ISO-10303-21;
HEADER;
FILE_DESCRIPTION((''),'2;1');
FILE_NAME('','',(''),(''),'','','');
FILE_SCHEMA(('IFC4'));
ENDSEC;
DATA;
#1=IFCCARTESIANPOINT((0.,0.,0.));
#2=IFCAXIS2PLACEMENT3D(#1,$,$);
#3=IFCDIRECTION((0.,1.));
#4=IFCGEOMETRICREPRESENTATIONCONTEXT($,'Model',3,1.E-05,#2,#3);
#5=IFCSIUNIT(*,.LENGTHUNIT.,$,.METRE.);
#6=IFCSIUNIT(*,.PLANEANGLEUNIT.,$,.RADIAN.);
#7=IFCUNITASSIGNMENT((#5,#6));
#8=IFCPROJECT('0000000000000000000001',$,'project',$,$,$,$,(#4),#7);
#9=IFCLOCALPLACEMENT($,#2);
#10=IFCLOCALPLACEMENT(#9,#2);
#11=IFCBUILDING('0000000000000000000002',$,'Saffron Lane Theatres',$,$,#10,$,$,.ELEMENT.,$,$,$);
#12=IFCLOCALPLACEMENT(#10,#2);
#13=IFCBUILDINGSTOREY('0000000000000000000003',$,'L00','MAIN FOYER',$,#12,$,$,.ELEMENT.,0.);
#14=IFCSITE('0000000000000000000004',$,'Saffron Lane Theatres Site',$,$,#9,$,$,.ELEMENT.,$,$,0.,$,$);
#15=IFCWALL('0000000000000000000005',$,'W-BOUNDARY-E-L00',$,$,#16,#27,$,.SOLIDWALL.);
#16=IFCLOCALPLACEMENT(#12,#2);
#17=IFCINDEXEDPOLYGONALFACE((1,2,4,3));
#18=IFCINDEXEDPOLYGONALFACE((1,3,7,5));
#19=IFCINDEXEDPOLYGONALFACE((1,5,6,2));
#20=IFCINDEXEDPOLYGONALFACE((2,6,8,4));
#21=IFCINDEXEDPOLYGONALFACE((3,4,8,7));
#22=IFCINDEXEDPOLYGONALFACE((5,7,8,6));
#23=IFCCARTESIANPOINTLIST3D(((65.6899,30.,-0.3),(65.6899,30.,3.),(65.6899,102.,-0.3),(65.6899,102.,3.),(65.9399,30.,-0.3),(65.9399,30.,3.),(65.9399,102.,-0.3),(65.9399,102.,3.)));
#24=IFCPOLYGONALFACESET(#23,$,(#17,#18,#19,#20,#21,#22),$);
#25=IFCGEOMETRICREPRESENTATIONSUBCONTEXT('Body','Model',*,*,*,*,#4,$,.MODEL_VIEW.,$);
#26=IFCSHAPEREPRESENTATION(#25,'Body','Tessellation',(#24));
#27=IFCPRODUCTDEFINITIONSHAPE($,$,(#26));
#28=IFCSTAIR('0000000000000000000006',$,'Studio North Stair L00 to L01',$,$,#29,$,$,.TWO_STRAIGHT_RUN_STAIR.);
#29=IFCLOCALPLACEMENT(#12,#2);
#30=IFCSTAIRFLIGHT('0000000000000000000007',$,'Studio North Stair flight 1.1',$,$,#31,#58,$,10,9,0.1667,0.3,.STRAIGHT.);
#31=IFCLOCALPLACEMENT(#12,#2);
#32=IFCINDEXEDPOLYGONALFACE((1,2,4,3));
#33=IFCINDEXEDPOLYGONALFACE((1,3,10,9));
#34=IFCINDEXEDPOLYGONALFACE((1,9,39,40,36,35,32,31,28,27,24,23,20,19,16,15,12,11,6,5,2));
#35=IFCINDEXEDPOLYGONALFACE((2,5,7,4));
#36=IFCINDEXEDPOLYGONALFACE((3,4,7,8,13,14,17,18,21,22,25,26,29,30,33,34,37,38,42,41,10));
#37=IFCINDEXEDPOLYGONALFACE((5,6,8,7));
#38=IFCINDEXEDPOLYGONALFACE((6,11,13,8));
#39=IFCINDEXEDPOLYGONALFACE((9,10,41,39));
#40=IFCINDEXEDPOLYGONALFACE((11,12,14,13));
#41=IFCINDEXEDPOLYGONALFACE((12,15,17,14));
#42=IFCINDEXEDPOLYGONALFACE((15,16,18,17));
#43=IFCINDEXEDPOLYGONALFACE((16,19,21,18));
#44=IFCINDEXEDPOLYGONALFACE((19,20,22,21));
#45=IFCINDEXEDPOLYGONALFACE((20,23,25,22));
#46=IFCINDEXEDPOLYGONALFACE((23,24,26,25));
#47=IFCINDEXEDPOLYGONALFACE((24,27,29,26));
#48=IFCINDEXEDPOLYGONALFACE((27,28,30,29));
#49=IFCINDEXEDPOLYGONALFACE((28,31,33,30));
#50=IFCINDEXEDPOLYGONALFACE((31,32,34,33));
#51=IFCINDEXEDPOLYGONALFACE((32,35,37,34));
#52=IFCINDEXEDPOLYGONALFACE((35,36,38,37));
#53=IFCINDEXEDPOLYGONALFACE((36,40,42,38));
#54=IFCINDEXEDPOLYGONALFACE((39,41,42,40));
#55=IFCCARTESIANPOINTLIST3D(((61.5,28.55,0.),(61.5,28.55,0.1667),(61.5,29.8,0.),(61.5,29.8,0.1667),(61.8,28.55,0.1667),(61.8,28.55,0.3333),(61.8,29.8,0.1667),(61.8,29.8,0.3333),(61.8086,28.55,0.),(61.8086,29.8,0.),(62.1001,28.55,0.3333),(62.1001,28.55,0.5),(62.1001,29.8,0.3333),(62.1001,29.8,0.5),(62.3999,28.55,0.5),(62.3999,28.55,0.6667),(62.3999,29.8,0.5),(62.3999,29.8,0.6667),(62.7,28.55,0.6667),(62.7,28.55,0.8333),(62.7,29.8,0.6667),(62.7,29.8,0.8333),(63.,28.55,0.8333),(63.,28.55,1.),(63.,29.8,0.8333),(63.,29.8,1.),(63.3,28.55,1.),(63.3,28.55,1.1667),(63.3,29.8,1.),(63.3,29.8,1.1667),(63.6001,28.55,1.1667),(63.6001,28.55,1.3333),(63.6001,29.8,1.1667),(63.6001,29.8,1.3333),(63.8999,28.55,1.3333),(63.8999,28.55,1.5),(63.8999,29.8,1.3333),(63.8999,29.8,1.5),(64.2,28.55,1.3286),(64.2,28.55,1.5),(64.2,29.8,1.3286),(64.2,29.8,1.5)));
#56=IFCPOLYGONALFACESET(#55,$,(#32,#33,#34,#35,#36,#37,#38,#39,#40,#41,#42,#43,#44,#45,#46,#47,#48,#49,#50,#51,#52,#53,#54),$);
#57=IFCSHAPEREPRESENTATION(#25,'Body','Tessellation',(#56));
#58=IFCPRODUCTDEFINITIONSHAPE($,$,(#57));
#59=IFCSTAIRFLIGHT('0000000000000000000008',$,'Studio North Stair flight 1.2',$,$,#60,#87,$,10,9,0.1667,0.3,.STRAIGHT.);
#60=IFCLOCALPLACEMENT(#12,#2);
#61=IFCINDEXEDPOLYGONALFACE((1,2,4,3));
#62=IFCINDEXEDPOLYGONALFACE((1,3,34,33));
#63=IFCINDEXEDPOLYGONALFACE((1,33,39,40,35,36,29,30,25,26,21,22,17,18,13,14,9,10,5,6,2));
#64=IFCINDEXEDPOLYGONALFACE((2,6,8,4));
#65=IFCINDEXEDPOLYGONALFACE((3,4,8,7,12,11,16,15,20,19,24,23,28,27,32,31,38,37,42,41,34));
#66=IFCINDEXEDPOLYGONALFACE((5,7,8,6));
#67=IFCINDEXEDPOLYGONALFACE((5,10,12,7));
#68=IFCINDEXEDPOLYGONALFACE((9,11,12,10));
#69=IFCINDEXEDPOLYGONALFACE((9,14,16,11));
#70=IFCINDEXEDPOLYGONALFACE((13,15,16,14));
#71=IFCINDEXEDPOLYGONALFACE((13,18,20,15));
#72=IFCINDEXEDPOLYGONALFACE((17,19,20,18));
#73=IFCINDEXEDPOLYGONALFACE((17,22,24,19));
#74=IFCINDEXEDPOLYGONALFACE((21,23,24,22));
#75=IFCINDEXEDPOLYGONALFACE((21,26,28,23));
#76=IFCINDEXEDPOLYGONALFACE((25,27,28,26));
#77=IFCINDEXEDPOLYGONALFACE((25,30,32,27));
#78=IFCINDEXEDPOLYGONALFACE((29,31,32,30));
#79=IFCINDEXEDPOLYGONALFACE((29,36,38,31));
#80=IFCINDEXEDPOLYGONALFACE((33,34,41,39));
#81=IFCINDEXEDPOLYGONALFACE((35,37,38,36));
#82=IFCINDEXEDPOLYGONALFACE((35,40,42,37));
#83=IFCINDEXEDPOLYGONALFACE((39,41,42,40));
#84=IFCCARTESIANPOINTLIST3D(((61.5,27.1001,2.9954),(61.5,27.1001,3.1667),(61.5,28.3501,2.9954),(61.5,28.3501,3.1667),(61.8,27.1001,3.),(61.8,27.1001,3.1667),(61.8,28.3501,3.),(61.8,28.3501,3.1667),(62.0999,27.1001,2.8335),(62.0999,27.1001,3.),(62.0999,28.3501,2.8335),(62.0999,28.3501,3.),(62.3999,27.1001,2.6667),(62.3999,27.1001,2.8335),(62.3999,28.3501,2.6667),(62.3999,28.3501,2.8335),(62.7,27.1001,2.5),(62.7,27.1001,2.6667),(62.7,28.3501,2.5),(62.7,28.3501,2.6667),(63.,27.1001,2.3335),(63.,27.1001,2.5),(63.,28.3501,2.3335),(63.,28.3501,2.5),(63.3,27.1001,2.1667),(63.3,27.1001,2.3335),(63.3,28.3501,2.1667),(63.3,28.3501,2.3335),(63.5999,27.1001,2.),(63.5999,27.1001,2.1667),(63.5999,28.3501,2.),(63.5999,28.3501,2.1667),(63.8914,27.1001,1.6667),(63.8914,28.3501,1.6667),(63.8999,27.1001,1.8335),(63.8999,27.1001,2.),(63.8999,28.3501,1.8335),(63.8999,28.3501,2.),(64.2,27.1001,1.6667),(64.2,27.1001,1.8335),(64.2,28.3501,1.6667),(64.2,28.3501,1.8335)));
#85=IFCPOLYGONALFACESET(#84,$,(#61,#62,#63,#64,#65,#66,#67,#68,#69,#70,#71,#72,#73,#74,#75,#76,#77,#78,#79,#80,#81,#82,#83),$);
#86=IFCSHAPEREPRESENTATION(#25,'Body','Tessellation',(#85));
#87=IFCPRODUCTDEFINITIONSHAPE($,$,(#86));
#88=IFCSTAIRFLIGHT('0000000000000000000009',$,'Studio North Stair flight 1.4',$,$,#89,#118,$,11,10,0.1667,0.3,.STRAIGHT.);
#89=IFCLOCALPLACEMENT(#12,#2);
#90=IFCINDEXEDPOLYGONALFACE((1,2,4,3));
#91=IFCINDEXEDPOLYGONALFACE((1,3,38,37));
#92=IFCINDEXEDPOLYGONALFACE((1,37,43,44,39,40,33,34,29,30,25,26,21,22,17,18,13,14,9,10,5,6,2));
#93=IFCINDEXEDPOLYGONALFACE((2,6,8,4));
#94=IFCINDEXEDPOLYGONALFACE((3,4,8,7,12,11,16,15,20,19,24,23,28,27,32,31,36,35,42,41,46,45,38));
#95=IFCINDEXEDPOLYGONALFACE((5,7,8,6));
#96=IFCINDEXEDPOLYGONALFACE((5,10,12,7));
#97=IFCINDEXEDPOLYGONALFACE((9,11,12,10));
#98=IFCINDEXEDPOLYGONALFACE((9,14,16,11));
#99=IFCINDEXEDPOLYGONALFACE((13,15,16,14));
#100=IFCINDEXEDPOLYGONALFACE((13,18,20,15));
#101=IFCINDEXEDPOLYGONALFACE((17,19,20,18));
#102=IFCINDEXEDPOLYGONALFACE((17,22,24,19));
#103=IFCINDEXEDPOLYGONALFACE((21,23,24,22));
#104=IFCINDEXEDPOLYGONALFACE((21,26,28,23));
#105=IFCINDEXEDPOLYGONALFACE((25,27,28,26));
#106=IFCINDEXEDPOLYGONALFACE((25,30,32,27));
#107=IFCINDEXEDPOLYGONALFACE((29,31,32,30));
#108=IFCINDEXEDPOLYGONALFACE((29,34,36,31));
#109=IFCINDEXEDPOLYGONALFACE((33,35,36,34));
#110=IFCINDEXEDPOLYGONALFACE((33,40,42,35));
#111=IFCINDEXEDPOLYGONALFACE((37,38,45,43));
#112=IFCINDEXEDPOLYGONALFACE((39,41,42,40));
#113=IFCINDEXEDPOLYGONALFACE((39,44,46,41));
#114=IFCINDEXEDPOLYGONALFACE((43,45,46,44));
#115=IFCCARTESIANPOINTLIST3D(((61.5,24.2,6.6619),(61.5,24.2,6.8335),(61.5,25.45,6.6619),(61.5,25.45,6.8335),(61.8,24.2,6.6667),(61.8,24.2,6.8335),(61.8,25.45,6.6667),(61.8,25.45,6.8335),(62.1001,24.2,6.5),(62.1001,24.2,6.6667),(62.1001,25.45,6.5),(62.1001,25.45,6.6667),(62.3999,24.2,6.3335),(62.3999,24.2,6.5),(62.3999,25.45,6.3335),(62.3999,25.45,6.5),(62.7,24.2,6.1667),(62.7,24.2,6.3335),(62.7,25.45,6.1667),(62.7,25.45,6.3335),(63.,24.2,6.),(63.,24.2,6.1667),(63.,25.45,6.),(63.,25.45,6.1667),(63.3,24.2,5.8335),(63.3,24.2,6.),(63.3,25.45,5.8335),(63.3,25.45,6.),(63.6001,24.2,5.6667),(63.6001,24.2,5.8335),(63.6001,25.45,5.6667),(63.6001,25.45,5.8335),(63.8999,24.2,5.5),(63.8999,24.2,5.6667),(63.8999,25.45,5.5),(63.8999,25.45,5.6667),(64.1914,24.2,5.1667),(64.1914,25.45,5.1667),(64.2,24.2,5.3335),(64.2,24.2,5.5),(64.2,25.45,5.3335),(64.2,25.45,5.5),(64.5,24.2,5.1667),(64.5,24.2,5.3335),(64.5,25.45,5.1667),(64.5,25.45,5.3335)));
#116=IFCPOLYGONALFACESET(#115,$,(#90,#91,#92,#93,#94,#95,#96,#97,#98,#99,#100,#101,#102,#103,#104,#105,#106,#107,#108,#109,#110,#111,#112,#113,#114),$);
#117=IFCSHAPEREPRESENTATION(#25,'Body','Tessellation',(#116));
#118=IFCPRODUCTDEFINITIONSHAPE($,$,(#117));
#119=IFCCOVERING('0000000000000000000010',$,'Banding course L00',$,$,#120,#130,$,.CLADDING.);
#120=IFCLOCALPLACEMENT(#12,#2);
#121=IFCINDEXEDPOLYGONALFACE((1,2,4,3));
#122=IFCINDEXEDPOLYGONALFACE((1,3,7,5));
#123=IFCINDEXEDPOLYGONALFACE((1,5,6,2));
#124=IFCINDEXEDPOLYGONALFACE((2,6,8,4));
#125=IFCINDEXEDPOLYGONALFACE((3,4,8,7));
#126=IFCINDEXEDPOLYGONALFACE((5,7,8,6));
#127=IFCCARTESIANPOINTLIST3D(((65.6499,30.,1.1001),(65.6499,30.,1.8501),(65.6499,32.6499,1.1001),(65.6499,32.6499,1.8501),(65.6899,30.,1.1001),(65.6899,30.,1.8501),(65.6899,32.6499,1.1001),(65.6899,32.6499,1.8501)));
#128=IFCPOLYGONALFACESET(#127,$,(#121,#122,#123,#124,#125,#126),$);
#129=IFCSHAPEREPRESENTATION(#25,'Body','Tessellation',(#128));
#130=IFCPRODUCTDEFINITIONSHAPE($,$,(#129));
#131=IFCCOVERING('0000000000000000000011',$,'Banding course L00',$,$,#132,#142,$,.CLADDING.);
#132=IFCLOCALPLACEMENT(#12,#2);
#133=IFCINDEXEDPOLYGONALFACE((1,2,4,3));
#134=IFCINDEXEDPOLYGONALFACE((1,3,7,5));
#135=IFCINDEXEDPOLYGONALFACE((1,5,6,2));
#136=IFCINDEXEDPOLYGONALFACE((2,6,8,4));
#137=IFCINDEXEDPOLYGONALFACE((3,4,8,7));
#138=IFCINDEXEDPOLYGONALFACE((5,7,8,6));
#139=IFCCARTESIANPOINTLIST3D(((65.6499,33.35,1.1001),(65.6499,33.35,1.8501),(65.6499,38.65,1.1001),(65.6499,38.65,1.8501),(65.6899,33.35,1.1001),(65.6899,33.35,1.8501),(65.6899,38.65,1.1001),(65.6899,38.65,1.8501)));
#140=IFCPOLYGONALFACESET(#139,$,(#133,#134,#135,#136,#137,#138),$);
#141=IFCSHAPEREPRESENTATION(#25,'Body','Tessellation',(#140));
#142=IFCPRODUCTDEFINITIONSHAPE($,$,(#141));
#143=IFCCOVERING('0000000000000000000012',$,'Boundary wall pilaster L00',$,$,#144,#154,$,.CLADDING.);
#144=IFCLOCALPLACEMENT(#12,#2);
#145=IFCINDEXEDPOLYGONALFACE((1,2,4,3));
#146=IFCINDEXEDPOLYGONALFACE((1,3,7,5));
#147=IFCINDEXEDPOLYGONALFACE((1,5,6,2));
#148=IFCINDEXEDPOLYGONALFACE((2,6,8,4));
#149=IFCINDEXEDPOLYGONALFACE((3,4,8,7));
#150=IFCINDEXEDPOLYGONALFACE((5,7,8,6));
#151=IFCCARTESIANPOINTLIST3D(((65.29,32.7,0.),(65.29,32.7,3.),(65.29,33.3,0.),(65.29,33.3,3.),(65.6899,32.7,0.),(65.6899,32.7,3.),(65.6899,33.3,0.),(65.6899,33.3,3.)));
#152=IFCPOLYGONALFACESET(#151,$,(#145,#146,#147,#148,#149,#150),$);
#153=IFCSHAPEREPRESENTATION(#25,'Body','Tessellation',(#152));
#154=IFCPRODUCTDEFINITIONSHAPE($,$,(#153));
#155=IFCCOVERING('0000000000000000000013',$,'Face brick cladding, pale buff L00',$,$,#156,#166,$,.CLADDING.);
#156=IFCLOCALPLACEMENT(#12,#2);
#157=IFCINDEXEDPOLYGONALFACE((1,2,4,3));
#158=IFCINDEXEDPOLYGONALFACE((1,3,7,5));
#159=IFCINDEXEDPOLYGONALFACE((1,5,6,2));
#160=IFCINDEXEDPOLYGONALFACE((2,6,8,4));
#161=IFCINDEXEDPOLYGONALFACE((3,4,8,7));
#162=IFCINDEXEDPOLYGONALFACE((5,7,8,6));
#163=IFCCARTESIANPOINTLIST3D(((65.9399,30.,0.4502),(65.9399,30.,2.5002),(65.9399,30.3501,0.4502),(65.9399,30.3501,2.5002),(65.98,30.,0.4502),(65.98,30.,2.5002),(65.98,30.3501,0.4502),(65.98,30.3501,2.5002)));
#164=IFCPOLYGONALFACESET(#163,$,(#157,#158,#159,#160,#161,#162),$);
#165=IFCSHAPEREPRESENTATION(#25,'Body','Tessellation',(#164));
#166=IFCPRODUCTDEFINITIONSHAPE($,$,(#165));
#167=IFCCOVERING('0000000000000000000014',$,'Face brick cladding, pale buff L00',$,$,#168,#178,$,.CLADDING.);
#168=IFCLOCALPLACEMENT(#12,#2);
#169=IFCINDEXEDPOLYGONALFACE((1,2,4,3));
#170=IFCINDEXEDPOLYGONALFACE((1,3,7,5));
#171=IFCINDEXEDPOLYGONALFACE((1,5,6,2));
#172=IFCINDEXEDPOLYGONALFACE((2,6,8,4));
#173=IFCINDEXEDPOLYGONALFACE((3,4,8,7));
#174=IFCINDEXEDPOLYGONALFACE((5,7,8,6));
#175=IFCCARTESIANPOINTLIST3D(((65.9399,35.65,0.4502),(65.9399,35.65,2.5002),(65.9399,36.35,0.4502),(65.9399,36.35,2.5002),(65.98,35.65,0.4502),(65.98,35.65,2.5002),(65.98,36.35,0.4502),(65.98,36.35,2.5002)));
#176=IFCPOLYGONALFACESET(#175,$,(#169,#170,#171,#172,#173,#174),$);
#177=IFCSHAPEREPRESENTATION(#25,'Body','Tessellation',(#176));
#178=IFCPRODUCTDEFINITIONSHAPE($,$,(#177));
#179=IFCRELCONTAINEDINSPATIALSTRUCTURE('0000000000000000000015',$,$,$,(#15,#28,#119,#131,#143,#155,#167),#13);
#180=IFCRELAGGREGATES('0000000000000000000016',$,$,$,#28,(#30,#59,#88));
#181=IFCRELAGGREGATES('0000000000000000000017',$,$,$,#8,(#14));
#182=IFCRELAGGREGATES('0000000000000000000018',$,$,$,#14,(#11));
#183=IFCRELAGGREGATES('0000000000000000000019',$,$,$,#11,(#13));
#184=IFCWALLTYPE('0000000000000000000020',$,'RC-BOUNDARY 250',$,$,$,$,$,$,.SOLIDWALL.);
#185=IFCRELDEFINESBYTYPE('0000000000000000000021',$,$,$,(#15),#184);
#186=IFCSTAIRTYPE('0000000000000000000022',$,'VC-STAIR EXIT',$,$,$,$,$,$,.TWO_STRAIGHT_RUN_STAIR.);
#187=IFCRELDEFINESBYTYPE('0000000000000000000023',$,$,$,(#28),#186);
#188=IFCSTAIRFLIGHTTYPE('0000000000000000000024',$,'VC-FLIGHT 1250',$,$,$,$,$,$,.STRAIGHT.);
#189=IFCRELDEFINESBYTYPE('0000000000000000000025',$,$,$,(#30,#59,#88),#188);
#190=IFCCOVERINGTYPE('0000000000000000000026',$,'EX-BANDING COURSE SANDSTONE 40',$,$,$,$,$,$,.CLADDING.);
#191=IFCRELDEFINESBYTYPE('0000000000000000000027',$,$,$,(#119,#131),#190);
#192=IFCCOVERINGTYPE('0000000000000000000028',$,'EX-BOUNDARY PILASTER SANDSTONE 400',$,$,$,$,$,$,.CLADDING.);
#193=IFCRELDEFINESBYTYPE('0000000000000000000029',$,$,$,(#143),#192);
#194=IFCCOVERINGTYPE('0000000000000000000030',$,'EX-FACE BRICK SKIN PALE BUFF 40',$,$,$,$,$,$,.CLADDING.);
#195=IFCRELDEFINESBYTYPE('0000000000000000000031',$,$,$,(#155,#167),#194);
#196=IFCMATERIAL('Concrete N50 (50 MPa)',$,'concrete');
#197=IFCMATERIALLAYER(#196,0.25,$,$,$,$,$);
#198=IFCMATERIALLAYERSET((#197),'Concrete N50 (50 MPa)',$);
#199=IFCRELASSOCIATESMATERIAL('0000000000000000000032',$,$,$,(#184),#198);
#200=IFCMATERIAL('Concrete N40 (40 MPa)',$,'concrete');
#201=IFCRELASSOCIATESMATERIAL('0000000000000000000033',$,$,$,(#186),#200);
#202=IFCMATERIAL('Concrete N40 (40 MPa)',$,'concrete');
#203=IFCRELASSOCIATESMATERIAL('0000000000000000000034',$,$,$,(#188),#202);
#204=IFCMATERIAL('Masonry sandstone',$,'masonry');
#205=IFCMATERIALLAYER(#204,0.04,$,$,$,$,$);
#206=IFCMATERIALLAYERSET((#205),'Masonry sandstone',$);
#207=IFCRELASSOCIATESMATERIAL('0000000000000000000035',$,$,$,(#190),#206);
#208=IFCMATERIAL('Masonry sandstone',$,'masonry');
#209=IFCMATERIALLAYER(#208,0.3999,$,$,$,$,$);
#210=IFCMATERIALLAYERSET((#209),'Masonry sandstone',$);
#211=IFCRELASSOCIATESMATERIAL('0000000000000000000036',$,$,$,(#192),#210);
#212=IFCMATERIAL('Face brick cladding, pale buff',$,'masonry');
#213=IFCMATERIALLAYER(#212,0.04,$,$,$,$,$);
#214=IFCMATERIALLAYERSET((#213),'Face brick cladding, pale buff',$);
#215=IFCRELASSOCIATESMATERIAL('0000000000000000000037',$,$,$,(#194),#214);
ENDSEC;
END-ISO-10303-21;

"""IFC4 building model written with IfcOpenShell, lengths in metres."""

from ifc_helpers import new_model, si_unit, direction, frame, frame_2d, origin, origin_2d, place, context, subcontext, project, spatial, polyline, rectangle, outline, extrude, material, layer, layer_set, type_object, element, aggregate, save


model = new_model("IFC4")

# Units and contexts
model_context = context("Model", 3, precision=1e-05, world=origin(), true_north=direction((0.0, 1.0)))
body_context = subcontext(model_context, "Body", "Model", "MODEL_VIEW")
ifc_project = project(units=[si_unit("LENGTHUNIT", "METRE"), si_unit("PLANEANGLEUNIT", "RADIAN")], contexts=[model_context])

# Site, building, storey
site_placement = place(None, origin())
site = spatial("IfcSite", under=ifc_project, at=site_placement, Name="Saffron Lane Theatres Site", CompositionType="ELEMENT", RefElevation=0.0)
building_placement = place(site_placement, origin())
building = spatial("IfcBuilding", under=site, at=building_placement, Name="Saffron Lane Theatres", CompositionType="ELEMENT")
storey_placement = place(building_placement, origin())
storey = spatial("IfcBuildingStorey", under=building, at=storey_placement, Name="L00", Description="MAIN FOYER", CompositionType="ELEMENT", Elevation=0.0)

# Wall
ifc_material_1 = material(Name="Concrete N50 (50 MPa)", Category="concrete")
ifc_layer_1 = layer(ifc_material_1, 0.25)
ifc_layer_set_1 = layer_set([ifc_layer_1], Name="Concrete N50 (50 MPa)")
wall_type = type_object("IfcWallType", Name="RC-BOUNDARY 250", PredefinedType="SOLIDWALL", material=ifc_layer_set_1)
wall_placement = place(storey_placement, frame((65.8149, 30.0, -0.3), z_axis=(0.0, 0.0, 1.0), x_axis=(0.0, 1.0, 0.0)))
element("IfcWall", 1, at=wall_placement, inside=storey, type_object=wall_type, Name="W-BOUNDARY-E-L00", PredefinedType="SOLIDWALL", context=body_context, shape_type="SweptSolid", body=[
    extrude(rectangle(XDim=72.0, YDim=0.25, at=frame_2d((36.0, 0.0))), origin(), (0.0, 0.0, 1.0), 3.3),
])

# Stair, stair flights
ifc_material_2 = material(Name="Concrete N40 (40 MPa)", Category="concrete")
stair_type = type_object("IfcStairType", Name="VC-STAIR EXIT", PredefinedType="TWO_STRAIGHT_RUN_STAIR", material=ifc_material_2)
stair_placement = place(storey_placement, origin())
stair = element("IfcStair", 2, at=stair_placement, inside=storey, type_object=stair_type, Name="Studio North Stair L00 to L01", PredefinedType="TWO_STRAIGHT_RUN_STAIR")
ifc_material_3 = material(Name="Concrete N40 (40 MPa)", Category="concrete")
stair_flight_type = type_object("IfcStairFlightType", Name="VC-FLIGHT 1250", PredefinedType="STRAIGHT", material=ifc_material_3)
stair_flight_1_placement = place(storey_placement, frame((61.5, 29.175, 0.0), z_axis=(0.0, 0.0, 1.0), x_axis=(1.0, 0.0, 0.0)))
stair_flight_1 = element("IfcStairFlight", 3, at=stair_flight_1_placement, type_object=stair_flight_type, Name="Studio North Stair flight 1.1", NumberOfRisers=10, NumberOfTreads=9, PredefinedType="STRAIGHT", RiserHeight=0.1667, TreadLength=0.3, context=body_context, shape_type="SweptSolid", body=[
    extrude(outline(polyline([(0.0, 0.0), (0.0, 0.1667), (0.3, 0.1667), (0.3, 0.3333), (0.6001, 0.3333), (0.6001, 0.5), (0.8999, 0.5), (0.8999, 0.6667), (1.2, 0.6667), (1.2, 0.8333), (1.5, 0.8333), (1.5, 1.0), (1.8, 1.0), (1.8, 1.1667), (2.1001, 1.1667), (2.1001, 1.3333), (2.3999, 1.3333), (2.3999, 1.5), (2.7, 1.5), (2.7, 1.6667), (2.7, 1.3286), (0.3086, 0.0), (0.0, 0.0)])), frame((0.0, 0.625, 0.0), z_axis=(0.0, -1.0, 0.0), x_axis=(1.0, 0.0, 0.0)), (0.0, 0.0, 1.0), 1.25),
])
stair_flight_2_placement = place(storey_placement, frame((64.2, 27.7251, 1.6667), z_axis=(0.0, 0.0, 1.0), x_axis=(-1.0, 0.0, 0.0)))
stair_flight_2 = element("IfcStairFlight", 4, at=stair_flight_2_placement, type_object=stair_flight_type, Name="Studio North Stair flight 1.2", NumberOfRisers=10, NumberOfTreads=9, PredefinedType="STRAIGHT", RiserHeight=0.1667, TreadLength=0.3, context=body_context, shape_type="SweptSolid", body=[
    extrude(outline(polyline([(0.0, 0.0), (0.0, 0.1667), (0.3, 0.1667), (0.3, 0.3333), (0.6001, 0.3333), (0.6001, 0.5), (0.8999, 0.5), (0.8999, 0.6667), (1.2, 0.6667), (1.2, 0.8333), (1.5, 0.8333), (1.5, 1.0), (1.8, 1.0), (1.8, 1.1667), (2.1001, 1.1667), (2.1001, 1.3333), (2.3999, 1.3333), (2.3999, 1.5), (2.7, 1.5), (2.7, 1.6667), (2.7, 1.3286), (0.3086, 0.0), (0.0, 0.0)])), frame((0.0, 0.625, 0.0), z_axis=(0.0, -1.0, 0.0), x_axis=(1.0, 0.0, 0.0)), (0.0, 0.0, 1.0), 1.25),
])
stair_flight_3_placement = place(storey_placement, frame((64.5, 24.825, 5.1667), z_axis=(0.0, 0.0, 1.0), x_axis=(-1.0, 0.0, 0.0)))
stair_flight_3 = element("IfcStairFlight", 5, at=stair_flight_3_placement, type_object=stair_flight_type, Name="Studio North Stair flight 1.4", NumberOfRisers=11, NumberOfTreads=10, PredefinedType="STRAIGHT", RiserHeight=0.1667, TreadLength=0.3, context=body_context, shape_type="SweptSolid", body=[
    extrude(outline(polyline([(0.0, 0.0), (0.0, 0.1667), (0.3, 0.1667), (0.3, 0.3333), (0.6001, 0.3333), (0.6001, 0.5), (0.8999, 0.5), (0.8999, 0.6667), (1.2, 0.6667), (1.2, 0.8333), (1.5, 0.8333), (1.5, 1.0), (1.8, 1.0), (1.8, 1.1667), (2.1001, 1.1667), (2.1001, 1.3333), (2.3999, 1.3333), (2.3999, 1.5), (2.7, 1.5), (2.7, 1.6667), (3.0, 1.6667), (3.0, 1.8333), (3.0, 1.4951), (0.3086, 0.0), (0.0, 0.0)])), frame((0.0, 0.625, 0.0), z_axis=(0.0, -1.0, 0.0), x_axis=(1.0, 0.0, 0.0)), (0.0, 0.0, 1.0), 1.25),
])
aggregate(stair, [stair_flight_1, stair_flight_2, stair_flight_3])

# Coverings
ifc_material_4 = material(Name="Masonry sandstone", Category="masonry")
ifc_layer_2 = layer(ifc_material_4, 0.04)
ifc_layer_set_2 = layer_set([ifc_layer_2], Name="Masonry sandstone")
covering_type_1 = type_object("IfcCoveringType", Name="EX-BANDING COURSE SANDSTONE 40", PredefinedType="CLADDING", material=ifc_layer_set_2)
covering_1_placement = place(storey_placement, frame((65.6699, 31.325, 1.1001), z_axis=(0.0, 0.0, 1.0), x_axis=(0.0, 1.0, 0.0)))
element("IfcCovering", 6, at=covering_1_placement, inside=storey, type_object=covering_type_1, Name="Banding course L00", PredefinedType="CLADDING", context=body_context, shape_type="SweptSolid", body=[
    extrude(rectangle(XDim=2.6499, YDim=0.04, at=origin_2d()), origin(), (0.0, 0.0, 1.0), 0.75),
])
covering_2_placement = place(storey_placement, frame((65.6699, 36.0, 1.1001), z_axis=(0.0, 0.0, 1.0), x_axis=(0.0, 1.0, 0.0)))
element("IfcCovering", 7, at=covering_2_placement, inside=storey, type_object=covering_type_1, Name="Banding course L00", PredefinedType="CLADDING", context=body_context, shape_type="SweptSolid", body=[
    extrude(rectangle(XDim=5.3, YDim=0.04, at=origin_2d()), origin(), (0.0, 0.0, 1.0), 0.75),
])
ifc_material_5 = material(Name="Masonry sandstone", Category="masonry")
ifc_layer_3 = layer(ifc_material_5, 0.3999)
ifc_layer_set_3 = layer_set([ifc_layer_3], Name="Masonry sandstone")
covering_type_2 = type_object("IfcCoveringType", Name="EX-BOUNDARY PILASTER SANDSTONE 400", PredefinedType="CLADDING", material=ifc_layer_set_3)
covering_3_placement = place(storey_placement, frame((65.49, 33.0, 0.0), z_axis=(0.0, 0.0, 1.0), x_axis=(0.0, 1.0, 0.0)))
element("IfcCovering", 8, at=covering_3_placement, inside=storey, type_object=covering_type_2, Name="Boundary wall pilaster L00", PredefinedType="CLADDING", context=body_context, shape_type="SweptSolid", body=[
    extrude(rectangle(XDim=0.6001, YDim=0.3999, at=origin_2d()), origin(), (0.0, 0.0, 1.0), 3.0),
])
ifc_material_6 = material(Name="Face brick cladding, pale buff", Category="masonry")
ifc_layer_4 = layer(ifc_material_6, 0.04)
ifc_layer_set_4 = layer_set([ifc_layer_4], Name="Face brick cladding, pale buff")
covering_type_3 = type_object("IfcCoveringType", Name="EX-FACE BRICK SKIN PALE BUFF 40", PredefinedType="CLADDING", material=ifc_layer_set_4)
covering_4_placement = place(storey_placement, frame((65.96, 30.175, 0.4502), z_axis=(0.0, 0.0, 1.0), x_axis=(0.0, 1.0, 0.0)))
element("IfcCovering", 9, at=covering_4_placement, inside=storey, type_object=covering_type_3, Name="Face brick cladding, pale buff L00", PredefinedType="CLADDING", context=body_context, shape_type="SweptSolid", body=[
    extrude(rectangle(XDim=0.3501, YDim=0.04, at=origin_2d()), origin(), (0.0, 0.0, 1.0), 2.05),
])
covering_5_placement = place(storey_placement, frame((65.96, 36.0, 0.4502), z_axis=(0.0, 0.0, 1.0), x_axis=(0.0, 1.0, 0.0)))
element("IfcCovering", 10, at=covering_5_placement, inside=storey, type_object=covering_type_3, Name="Face brick cladding, pale buff L00", PredefinedType="CLADDING", context=body_context, shape_type="SweptSolid", body=[
    extrude(rectangle(XDim=0.7, YDim=0.04, at=origin_2d()), origin(), (0.0, 0.0, 1.0), 2.05),
])

save(model, "model.ifc")
